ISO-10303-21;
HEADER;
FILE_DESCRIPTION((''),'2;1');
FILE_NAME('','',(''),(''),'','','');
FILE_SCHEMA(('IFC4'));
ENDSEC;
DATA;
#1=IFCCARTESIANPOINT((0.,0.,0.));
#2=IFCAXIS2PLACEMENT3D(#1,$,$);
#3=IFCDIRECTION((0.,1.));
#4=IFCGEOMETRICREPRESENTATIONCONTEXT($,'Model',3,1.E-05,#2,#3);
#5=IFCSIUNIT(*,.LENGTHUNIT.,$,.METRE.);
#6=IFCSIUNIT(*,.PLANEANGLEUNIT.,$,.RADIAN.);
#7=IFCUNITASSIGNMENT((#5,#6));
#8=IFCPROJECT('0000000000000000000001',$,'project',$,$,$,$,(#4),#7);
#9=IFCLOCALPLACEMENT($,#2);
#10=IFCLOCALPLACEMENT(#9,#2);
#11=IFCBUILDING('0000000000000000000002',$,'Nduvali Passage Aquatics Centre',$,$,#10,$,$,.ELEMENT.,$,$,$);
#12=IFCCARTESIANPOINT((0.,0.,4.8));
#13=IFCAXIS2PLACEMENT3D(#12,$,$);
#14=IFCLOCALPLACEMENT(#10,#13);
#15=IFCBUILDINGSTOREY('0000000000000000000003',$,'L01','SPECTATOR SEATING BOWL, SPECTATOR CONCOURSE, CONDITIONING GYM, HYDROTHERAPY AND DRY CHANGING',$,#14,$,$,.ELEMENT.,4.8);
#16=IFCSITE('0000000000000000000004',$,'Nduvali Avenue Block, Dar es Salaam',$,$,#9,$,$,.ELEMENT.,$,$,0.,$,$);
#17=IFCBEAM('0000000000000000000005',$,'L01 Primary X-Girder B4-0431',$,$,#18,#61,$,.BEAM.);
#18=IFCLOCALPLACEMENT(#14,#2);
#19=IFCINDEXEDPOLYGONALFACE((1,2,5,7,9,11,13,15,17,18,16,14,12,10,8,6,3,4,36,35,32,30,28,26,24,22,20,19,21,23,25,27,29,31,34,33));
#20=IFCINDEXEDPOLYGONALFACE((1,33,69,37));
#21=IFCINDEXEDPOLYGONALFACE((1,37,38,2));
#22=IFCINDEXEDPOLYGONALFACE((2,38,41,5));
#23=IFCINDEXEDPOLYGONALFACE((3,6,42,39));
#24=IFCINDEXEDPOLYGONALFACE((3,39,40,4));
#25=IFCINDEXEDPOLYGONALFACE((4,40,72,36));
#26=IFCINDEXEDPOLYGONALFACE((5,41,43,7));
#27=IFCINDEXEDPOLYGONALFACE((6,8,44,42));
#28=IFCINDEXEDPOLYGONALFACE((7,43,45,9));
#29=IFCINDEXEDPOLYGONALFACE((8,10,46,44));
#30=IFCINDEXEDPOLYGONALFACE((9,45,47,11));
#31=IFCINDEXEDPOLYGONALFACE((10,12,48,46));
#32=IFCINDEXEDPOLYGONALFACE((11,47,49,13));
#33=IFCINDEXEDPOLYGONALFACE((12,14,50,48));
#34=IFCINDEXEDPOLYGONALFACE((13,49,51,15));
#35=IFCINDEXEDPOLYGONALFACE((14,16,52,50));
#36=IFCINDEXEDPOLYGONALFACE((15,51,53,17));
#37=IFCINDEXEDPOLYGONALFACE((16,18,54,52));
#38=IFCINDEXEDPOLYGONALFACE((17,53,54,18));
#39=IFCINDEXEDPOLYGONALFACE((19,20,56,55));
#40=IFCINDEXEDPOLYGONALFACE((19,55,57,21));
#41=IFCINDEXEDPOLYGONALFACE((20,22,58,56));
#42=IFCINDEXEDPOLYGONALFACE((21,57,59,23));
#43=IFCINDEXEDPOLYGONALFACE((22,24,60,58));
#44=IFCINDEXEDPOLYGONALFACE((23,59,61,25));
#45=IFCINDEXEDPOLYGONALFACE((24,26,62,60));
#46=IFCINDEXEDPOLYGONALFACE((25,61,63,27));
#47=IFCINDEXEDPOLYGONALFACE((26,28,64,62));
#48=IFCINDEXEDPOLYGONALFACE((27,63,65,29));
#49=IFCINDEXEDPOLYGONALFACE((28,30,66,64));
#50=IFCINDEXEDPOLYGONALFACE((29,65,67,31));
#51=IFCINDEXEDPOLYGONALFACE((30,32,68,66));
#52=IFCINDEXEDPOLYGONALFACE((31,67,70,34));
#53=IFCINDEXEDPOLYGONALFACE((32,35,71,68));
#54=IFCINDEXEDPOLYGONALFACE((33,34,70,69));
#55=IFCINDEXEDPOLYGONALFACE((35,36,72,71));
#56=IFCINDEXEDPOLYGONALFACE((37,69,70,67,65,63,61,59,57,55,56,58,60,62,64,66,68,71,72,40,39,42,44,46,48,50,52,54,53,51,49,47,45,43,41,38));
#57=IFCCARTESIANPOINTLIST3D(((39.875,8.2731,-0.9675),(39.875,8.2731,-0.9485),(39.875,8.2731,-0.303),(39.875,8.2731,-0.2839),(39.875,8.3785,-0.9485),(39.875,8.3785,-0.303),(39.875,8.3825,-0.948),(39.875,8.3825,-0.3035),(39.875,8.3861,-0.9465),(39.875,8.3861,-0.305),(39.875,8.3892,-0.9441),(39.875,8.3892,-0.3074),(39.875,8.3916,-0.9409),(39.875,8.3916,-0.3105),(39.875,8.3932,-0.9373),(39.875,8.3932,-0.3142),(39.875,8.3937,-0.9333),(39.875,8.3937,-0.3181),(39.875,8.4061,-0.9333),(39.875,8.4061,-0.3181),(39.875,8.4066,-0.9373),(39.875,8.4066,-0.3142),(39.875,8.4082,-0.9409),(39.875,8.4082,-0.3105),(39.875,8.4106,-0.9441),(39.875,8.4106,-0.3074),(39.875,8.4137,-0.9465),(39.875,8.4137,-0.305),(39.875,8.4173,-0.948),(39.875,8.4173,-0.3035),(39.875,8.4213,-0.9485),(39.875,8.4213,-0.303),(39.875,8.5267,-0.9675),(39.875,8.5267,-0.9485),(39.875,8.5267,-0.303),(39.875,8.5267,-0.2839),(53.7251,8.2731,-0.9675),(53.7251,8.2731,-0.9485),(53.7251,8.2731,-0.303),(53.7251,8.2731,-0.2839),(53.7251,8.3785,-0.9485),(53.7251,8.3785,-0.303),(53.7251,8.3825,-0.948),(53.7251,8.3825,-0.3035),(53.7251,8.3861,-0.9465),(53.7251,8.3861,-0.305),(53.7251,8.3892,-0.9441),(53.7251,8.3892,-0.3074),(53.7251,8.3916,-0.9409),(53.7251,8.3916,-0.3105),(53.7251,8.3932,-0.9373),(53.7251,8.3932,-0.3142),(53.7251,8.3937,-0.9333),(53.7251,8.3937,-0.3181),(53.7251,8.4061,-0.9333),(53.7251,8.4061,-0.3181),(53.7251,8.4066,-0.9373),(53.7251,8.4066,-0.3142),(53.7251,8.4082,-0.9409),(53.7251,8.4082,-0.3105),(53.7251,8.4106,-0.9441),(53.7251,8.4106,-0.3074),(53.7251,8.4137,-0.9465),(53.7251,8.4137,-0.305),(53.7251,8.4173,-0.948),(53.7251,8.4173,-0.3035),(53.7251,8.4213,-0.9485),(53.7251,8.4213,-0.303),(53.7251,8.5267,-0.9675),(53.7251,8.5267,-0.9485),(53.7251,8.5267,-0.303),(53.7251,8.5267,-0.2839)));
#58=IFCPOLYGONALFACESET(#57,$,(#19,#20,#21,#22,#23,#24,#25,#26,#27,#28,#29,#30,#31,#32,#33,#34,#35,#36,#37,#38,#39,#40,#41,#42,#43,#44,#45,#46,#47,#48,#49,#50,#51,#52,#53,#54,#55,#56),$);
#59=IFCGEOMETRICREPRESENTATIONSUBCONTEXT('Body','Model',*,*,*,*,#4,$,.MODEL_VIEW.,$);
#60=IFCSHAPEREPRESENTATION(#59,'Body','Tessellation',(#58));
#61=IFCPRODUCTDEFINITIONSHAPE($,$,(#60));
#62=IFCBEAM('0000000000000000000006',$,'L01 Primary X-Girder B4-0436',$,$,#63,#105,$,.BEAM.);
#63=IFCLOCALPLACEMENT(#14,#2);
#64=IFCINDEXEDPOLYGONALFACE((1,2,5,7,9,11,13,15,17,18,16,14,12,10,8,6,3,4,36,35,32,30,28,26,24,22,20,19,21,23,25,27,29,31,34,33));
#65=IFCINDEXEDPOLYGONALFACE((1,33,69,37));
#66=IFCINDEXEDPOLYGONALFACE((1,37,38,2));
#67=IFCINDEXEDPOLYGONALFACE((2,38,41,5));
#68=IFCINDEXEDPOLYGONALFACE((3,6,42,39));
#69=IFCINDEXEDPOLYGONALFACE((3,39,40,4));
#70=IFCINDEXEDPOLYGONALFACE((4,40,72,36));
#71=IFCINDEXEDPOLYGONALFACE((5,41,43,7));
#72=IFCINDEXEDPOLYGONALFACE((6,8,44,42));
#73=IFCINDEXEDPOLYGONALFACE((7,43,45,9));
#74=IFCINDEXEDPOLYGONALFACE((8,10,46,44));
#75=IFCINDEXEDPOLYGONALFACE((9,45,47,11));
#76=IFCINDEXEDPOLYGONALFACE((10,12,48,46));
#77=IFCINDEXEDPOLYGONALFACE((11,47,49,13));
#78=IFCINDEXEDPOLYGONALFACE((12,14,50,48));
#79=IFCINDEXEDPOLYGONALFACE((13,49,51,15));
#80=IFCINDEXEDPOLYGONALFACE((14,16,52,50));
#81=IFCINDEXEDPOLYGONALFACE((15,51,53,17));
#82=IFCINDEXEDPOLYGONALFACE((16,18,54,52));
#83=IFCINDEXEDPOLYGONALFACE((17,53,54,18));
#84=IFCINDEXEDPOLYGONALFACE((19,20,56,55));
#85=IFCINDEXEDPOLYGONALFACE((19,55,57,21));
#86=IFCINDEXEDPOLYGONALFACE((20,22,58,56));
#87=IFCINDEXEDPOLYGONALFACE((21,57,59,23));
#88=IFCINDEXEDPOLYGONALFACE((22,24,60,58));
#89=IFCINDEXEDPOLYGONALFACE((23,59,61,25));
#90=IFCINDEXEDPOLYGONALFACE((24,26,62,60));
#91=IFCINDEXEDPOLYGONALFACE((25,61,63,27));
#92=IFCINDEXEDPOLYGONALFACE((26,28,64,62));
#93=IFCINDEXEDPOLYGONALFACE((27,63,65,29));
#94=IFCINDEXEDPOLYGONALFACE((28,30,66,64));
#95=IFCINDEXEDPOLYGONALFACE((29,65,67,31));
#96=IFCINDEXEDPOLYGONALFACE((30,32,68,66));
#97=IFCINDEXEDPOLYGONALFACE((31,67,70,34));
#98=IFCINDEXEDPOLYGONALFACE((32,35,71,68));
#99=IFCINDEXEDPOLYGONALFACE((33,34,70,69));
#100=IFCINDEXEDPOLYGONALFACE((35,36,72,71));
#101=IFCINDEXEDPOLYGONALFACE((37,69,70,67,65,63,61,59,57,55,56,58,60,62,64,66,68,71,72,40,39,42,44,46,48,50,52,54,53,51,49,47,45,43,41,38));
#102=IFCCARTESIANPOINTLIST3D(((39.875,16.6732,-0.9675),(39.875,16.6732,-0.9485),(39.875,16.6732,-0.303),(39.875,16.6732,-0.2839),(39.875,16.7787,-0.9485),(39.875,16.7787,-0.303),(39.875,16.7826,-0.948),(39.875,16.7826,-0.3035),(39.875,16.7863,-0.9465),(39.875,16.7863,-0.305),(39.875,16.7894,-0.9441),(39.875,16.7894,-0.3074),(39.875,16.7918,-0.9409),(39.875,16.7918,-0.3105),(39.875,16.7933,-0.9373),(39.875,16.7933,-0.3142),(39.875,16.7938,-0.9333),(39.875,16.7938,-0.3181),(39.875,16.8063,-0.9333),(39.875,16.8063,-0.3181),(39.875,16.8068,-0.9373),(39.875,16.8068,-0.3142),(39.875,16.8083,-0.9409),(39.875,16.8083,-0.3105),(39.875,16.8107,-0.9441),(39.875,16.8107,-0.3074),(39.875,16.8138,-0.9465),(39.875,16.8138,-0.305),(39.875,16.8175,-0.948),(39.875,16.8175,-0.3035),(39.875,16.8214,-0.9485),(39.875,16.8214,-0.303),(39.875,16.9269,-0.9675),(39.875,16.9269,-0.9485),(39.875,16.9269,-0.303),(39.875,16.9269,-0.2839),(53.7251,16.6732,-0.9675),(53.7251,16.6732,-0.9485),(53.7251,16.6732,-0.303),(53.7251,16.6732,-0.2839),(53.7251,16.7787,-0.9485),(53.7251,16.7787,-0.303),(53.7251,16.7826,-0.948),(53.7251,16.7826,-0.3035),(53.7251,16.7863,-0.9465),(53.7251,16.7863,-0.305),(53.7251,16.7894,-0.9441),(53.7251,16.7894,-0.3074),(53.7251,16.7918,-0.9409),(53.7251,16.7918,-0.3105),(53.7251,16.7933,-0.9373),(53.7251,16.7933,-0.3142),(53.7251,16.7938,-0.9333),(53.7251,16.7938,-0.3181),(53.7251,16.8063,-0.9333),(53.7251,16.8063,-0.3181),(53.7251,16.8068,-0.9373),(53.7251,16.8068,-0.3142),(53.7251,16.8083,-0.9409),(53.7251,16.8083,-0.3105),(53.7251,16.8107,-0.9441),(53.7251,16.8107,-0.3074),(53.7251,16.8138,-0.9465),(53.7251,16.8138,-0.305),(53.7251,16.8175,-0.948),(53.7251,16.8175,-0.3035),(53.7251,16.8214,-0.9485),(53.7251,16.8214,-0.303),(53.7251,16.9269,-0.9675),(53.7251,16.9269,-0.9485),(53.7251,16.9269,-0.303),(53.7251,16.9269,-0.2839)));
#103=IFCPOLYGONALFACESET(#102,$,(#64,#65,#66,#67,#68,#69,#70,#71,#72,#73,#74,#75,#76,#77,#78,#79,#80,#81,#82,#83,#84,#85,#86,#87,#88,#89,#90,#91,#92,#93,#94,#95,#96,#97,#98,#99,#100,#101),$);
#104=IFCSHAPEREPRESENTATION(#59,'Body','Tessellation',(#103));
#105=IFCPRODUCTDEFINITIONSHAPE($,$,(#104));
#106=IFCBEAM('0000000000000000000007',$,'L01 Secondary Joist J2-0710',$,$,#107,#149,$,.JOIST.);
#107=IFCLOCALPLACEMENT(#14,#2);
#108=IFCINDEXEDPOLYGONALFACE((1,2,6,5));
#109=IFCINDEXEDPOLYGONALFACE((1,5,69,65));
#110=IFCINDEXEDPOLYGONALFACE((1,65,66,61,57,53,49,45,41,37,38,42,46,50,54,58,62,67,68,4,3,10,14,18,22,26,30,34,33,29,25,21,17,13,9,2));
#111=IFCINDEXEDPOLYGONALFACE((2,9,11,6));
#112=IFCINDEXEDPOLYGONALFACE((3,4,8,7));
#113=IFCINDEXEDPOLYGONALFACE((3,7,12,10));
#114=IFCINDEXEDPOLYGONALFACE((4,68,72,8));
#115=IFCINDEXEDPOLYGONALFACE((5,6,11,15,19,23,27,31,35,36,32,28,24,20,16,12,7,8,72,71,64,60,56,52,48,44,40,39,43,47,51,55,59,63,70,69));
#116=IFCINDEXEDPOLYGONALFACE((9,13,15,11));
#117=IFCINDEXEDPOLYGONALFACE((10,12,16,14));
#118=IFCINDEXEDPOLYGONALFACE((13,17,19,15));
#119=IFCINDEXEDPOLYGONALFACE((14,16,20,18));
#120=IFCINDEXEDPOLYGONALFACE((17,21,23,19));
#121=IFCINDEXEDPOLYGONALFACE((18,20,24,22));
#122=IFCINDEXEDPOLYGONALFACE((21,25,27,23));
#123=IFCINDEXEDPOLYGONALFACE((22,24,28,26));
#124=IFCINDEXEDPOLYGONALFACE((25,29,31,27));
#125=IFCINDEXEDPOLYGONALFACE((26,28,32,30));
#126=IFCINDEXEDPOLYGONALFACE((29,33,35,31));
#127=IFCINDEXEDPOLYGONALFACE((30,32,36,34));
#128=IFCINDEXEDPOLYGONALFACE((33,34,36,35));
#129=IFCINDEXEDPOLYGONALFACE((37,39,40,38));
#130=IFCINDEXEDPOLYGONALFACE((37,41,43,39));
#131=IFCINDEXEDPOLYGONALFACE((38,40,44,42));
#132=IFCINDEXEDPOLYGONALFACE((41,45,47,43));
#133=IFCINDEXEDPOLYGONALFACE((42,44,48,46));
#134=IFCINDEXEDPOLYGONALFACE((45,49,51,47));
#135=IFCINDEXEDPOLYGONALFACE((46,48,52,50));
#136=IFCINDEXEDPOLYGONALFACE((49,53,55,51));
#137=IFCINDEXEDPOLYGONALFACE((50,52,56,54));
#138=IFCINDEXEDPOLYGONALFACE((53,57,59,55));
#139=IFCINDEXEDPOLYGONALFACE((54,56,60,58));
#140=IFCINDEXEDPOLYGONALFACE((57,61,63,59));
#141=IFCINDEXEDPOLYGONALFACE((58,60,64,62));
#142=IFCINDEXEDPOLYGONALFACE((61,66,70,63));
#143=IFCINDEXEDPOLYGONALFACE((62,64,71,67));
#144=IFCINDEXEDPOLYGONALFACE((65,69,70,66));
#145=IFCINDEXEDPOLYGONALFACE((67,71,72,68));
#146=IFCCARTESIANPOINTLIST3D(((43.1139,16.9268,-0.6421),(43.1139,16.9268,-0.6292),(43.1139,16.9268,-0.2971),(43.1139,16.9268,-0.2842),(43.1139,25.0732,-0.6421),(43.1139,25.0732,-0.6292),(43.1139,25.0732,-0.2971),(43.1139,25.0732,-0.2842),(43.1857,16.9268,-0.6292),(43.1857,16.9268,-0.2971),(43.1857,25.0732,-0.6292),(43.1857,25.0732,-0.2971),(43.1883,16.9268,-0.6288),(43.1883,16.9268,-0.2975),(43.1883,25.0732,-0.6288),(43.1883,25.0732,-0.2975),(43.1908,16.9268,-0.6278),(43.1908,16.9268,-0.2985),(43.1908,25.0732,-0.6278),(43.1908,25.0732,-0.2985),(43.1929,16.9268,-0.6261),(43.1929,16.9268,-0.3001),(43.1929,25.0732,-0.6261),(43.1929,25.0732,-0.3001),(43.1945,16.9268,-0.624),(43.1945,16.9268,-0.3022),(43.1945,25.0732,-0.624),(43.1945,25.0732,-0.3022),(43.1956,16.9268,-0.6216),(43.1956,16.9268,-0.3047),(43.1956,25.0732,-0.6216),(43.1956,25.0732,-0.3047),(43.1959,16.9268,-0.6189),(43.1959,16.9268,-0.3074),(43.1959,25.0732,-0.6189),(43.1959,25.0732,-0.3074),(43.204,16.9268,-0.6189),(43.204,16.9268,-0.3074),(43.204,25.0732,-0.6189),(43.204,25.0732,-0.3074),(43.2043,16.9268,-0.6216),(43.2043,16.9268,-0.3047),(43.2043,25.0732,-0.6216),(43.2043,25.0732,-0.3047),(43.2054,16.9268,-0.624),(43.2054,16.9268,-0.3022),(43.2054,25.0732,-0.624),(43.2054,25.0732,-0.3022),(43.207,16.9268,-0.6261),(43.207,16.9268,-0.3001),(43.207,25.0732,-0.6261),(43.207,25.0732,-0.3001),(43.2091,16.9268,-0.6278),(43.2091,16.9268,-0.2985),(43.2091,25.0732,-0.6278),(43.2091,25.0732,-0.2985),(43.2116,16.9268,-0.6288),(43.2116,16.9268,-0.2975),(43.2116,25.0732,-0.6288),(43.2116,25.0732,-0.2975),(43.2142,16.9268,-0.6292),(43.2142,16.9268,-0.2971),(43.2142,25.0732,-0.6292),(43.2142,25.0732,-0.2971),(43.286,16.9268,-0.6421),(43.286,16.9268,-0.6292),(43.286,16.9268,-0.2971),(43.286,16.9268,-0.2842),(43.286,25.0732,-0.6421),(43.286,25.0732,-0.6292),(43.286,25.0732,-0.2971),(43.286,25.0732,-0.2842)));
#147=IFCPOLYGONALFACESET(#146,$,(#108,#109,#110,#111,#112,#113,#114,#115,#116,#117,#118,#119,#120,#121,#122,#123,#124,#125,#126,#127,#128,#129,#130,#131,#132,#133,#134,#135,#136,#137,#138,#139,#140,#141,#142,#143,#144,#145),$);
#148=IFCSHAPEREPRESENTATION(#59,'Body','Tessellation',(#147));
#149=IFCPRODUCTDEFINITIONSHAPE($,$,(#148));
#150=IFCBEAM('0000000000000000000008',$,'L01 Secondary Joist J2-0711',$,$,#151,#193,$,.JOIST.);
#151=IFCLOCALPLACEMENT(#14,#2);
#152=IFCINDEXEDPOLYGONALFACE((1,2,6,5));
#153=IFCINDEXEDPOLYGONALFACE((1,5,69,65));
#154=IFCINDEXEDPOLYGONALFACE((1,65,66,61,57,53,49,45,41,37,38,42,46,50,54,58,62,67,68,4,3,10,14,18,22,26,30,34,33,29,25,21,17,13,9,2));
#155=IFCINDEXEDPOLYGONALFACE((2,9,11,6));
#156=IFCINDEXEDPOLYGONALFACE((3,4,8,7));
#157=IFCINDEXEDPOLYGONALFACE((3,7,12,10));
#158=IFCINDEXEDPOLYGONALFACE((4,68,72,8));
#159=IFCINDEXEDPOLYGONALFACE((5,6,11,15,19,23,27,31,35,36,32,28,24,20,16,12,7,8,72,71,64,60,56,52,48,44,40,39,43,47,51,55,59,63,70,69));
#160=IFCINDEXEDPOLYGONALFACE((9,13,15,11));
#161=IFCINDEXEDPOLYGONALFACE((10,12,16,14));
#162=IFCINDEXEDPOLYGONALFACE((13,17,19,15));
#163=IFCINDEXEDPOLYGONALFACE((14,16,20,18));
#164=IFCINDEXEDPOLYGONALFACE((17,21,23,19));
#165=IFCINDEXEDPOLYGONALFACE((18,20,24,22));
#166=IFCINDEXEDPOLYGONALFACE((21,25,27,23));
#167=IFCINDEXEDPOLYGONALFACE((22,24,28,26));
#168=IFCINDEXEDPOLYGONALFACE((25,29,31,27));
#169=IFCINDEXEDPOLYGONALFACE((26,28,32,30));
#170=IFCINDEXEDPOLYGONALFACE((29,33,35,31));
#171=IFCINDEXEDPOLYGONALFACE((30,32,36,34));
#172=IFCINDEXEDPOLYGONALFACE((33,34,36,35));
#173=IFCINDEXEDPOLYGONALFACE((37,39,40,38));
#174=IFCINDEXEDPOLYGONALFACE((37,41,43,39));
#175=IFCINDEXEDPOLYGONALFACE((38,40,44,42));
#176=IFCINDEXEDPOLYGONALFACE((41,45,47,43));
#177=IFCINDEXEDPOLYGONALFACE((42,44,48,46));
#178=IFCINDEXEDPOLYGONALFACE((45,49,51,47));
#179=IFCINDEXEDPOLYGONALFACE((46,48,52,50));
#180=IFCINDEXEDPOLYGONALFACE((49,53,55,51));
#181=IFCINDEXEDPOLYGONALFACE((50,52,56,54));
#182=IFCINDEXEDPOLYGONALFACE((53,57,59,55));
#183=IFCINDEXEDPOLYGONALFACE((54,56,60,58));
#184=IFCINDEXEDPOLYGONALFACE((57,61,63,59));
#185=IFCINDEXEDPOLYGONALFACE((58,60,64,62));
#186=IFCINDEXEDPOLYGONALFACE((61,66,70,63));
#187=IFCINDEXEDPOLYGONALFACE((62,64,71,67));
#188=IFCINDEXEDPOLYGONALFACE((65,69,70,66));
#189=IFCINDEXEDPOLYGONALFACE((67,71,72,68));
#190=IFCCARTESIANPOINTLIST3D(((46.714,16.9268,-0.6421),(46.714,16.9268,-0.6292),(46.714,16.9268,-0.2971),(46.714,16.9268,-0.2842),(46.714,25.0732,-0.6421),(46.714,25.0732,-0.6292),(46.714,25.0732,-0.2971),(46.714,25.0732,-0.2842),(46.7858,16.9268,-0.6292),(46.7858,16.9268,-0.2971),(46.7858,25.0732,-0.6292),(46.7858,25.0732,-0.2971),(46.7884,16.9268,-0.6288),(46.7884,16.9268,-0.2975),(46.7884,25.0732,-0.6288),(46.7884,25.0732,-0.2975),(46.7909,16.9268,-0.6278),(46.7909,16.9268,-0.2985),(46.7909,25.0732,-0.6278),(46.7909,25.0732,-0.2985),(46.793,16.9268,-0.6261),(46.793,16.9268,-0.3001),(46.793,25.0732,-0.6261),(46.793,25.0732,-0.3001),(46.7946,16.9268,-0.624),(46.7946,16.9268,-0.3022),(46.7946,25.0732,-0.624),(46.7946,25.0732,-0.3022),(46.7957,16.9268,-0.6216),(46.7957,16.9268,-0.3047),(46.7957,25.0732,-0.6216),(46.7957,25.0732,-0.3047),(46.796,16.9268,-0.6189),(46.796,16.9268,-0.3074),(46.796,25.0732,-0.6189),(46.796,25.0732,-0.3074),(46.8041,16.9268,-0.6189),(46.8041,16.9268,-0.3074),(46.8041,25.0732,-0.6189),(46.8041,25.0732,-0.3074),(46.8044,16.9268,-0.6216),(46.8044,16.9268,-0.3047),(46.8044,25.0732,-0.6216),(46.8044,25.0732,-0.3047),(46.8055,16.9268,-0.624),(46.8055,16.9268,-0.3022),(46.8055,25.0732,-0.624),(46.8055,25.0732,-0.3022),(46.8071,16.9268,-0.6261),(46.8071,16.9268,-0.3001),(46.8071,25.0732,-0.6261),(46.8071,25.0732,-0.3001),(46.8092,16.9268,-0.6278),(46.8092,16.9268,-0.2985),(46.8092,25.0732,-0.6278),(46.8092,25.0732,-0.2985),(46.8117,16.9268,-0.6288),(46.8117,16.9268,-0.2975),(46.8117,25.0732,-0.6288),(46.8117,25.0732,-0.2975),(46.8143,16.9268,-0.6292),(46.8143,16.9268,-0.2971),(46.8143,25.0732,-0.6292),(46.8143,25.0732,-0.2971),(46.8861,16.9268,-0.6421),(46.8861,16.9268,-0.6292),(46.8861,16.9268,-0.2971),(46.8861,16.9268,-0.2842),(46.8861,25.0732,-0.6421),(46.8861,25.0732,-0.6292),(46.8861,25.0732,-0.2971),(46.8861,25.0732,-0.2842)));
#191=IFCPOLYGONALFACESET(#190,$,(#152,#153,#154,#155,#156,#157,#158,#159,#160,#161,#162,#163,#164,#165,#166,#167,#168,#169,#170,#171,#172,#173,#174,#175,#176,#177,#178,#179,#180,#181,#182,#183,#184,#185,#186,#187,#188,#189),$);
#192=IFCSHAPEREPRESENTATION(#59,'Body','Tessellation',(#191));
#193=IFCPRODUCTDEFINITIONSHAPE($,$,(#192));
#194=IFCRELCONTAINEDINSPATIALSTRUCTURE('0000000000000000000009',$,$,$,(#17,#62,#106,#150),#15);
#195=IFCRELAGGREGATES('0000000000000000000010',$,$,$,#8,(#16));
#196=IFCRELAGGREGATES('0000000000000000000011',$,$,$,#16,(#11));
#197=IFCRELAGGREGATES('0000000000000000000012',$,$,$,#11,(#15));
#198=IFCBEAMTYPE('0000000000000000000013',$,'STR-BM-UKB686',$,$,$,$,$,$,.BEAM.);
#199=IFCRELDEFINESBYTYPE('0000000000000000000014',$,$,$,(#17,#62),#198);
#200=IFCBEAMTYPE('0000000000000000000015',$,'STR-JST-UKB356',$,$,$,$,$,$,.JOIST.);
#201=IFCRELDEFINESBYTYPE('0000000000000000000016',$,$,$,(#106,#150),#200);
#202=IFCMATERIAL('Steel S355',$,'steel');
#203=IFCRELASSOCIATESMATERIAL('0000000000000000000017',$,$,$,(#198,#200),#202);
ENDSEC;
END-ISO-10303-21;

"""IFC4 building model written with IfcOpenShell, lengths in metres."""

from ifc_helpers import new_model, si_unit, direction, frame, origin, origin_2d, place, context, subcontext, project, spatial, i_section, extrude, material, material_profile, profile_set, type_object, element, save


model = new_model("IFC4")

# Units and contexts
model_context = context("Model", 3, precision=1e-05, world=origin(), true_north=direction((0.0, 1.0)))
body_context = subcontext(model_context, "Body", "Model", "MODEL_VIEW")
ifc_project = project(units=[si_unit("LENGTHUNIT", "METRE"), si_unit("PLANEANGLEUNIT", "RADIAN")], contexts=[model_context])

# Site, building, storey
site_placement = place(None, origin())
site = spatial("IfcSite", under=ifc_project, at=site_placement, Name="Nduvali Avenue Block, Dar es Salaam", CompositionType="ELEMENT", RefElevation=0.0)
building_placement = place(site_placement, origin())
building = spatial("IfcBuilding", under=site, at=building_placement, Name="Nduvali Passage Aquatics Centre", CompositionType="ELEMENT")
storey_placement = place(building_placement, frame((0.0, 0.0, 4.8)))
storey = spatial("IfcBuildingStorey", under=building, at=storey_placement, Name="L01", Description="SPECTATOR SEATING BOWL, SPECTATOR CONCOURSE, CONDITIONING GYM, HYDROTHERAPY AND DRY CHANGING", CompositionType="ELEMENT", Elevation=4.8)

# Shared definitions
ifc_material_1 = material(Name="Steel S355", Category="steel")

# Beams
ifc_material_profile_1 = material_profile(ifc_material_1, i_section(OverallWidth=0.2537, OverallDepth=0.6836, WebThickness=0.0125, FlangeThickness=0.019, FilletRadius=0.0151, at=origin_2d()), Name="UKB 686x254x140")
ifc_profile_set_1 = profile_set([ifc_material_profile_1], Name="Steel S355")
beam_type_1 = type_object("IfcBeamType", Name="STR-BM-UKB686", PredefinedType="BEAM", material=ifc_profile_set_1)
for number, where, z_axis, x_axis, name in (
    (1, (39.875, 8.3999, -0.6257), (1.0, 0.0, 0.0), (0.0, 1.0, 0.0), "L01 Primary X-Girder B4-0431"),
    (2, (39.875, 16.8, -0.6257), (1.0, 0.0, 0.0), (0.0, 1.0, 0.0), "L01 Primary X-Girder B4-0436"),
):
    element("IfcBeam", number, at=place(storey_placement, frame(where, z_axis=z_axis, x_axis=x_axis)), inside=storey, type_object=beam_type_1, Name=name, PredefinedType="BEAM", context=body_context, shape_type="SweptSolid", body=[
        extrude(i_section(OverallWidth=0.2537, OverallDepth=0.6836, WebThickness=0.0125, FlangeThickness=0.019, FilletRadius=0.0151, at=origin_2d()), origin(), (0.0, 0.0, 1.0), 13.8501),
    ])
ifc_material_profile_2 = material_profile(ifc_material_1, i_section(OverallWidth=0.1721, OverallDepth=0.3579, WebThickness=0.0081, FlangeThickness=0.0129, FilletRadius=0.0103, at=origin_2d()), Name="UKB 356x171x57")
ifc_profile_set_2 = profile_set([ifc_material_profile_2], Name="Steel S355")
beam_type_2 = type_object("IfcBeamType", Name="STR-JST-UKB356", PredefinedType="JOIST", material=ifc_profile_set_2)
for number, where, z_axis, x_axis, name in (
    (3, (43.2, 16.9268, -0.4631), (0.0, 1.0, 0.0), (-1.0, 0.0, 0.0), "L01 Secondary Joist J2-0710"),
    (4, (46.8, 16.9268, -0.4631), (0.0, 1.0, 0.0), (-1.0, 0.0, 0.0), "L01 Secondary Joist J2-0711"),
):
    element("IfcBeam", number, at=place(storey_placement, frame(where, z_axis=z_axis, x_axis=x_axis)), inside=storey, type_object=beam_type_2, Name=name, PredefinedType="JOIST", context=body_context, shape_type="SweptSolid", body=[
        extrude(i_section(OverallWidth=0.1721, OverallDepth=0.3579, WebThickness=0.0081, FlangeThickness=0.0129, FilletRadius=0.0103, at=origin_2d()), origin(), (0.0, 0.0, 1.0), 8.1465),
    ])

save(model, "model.ifc")
